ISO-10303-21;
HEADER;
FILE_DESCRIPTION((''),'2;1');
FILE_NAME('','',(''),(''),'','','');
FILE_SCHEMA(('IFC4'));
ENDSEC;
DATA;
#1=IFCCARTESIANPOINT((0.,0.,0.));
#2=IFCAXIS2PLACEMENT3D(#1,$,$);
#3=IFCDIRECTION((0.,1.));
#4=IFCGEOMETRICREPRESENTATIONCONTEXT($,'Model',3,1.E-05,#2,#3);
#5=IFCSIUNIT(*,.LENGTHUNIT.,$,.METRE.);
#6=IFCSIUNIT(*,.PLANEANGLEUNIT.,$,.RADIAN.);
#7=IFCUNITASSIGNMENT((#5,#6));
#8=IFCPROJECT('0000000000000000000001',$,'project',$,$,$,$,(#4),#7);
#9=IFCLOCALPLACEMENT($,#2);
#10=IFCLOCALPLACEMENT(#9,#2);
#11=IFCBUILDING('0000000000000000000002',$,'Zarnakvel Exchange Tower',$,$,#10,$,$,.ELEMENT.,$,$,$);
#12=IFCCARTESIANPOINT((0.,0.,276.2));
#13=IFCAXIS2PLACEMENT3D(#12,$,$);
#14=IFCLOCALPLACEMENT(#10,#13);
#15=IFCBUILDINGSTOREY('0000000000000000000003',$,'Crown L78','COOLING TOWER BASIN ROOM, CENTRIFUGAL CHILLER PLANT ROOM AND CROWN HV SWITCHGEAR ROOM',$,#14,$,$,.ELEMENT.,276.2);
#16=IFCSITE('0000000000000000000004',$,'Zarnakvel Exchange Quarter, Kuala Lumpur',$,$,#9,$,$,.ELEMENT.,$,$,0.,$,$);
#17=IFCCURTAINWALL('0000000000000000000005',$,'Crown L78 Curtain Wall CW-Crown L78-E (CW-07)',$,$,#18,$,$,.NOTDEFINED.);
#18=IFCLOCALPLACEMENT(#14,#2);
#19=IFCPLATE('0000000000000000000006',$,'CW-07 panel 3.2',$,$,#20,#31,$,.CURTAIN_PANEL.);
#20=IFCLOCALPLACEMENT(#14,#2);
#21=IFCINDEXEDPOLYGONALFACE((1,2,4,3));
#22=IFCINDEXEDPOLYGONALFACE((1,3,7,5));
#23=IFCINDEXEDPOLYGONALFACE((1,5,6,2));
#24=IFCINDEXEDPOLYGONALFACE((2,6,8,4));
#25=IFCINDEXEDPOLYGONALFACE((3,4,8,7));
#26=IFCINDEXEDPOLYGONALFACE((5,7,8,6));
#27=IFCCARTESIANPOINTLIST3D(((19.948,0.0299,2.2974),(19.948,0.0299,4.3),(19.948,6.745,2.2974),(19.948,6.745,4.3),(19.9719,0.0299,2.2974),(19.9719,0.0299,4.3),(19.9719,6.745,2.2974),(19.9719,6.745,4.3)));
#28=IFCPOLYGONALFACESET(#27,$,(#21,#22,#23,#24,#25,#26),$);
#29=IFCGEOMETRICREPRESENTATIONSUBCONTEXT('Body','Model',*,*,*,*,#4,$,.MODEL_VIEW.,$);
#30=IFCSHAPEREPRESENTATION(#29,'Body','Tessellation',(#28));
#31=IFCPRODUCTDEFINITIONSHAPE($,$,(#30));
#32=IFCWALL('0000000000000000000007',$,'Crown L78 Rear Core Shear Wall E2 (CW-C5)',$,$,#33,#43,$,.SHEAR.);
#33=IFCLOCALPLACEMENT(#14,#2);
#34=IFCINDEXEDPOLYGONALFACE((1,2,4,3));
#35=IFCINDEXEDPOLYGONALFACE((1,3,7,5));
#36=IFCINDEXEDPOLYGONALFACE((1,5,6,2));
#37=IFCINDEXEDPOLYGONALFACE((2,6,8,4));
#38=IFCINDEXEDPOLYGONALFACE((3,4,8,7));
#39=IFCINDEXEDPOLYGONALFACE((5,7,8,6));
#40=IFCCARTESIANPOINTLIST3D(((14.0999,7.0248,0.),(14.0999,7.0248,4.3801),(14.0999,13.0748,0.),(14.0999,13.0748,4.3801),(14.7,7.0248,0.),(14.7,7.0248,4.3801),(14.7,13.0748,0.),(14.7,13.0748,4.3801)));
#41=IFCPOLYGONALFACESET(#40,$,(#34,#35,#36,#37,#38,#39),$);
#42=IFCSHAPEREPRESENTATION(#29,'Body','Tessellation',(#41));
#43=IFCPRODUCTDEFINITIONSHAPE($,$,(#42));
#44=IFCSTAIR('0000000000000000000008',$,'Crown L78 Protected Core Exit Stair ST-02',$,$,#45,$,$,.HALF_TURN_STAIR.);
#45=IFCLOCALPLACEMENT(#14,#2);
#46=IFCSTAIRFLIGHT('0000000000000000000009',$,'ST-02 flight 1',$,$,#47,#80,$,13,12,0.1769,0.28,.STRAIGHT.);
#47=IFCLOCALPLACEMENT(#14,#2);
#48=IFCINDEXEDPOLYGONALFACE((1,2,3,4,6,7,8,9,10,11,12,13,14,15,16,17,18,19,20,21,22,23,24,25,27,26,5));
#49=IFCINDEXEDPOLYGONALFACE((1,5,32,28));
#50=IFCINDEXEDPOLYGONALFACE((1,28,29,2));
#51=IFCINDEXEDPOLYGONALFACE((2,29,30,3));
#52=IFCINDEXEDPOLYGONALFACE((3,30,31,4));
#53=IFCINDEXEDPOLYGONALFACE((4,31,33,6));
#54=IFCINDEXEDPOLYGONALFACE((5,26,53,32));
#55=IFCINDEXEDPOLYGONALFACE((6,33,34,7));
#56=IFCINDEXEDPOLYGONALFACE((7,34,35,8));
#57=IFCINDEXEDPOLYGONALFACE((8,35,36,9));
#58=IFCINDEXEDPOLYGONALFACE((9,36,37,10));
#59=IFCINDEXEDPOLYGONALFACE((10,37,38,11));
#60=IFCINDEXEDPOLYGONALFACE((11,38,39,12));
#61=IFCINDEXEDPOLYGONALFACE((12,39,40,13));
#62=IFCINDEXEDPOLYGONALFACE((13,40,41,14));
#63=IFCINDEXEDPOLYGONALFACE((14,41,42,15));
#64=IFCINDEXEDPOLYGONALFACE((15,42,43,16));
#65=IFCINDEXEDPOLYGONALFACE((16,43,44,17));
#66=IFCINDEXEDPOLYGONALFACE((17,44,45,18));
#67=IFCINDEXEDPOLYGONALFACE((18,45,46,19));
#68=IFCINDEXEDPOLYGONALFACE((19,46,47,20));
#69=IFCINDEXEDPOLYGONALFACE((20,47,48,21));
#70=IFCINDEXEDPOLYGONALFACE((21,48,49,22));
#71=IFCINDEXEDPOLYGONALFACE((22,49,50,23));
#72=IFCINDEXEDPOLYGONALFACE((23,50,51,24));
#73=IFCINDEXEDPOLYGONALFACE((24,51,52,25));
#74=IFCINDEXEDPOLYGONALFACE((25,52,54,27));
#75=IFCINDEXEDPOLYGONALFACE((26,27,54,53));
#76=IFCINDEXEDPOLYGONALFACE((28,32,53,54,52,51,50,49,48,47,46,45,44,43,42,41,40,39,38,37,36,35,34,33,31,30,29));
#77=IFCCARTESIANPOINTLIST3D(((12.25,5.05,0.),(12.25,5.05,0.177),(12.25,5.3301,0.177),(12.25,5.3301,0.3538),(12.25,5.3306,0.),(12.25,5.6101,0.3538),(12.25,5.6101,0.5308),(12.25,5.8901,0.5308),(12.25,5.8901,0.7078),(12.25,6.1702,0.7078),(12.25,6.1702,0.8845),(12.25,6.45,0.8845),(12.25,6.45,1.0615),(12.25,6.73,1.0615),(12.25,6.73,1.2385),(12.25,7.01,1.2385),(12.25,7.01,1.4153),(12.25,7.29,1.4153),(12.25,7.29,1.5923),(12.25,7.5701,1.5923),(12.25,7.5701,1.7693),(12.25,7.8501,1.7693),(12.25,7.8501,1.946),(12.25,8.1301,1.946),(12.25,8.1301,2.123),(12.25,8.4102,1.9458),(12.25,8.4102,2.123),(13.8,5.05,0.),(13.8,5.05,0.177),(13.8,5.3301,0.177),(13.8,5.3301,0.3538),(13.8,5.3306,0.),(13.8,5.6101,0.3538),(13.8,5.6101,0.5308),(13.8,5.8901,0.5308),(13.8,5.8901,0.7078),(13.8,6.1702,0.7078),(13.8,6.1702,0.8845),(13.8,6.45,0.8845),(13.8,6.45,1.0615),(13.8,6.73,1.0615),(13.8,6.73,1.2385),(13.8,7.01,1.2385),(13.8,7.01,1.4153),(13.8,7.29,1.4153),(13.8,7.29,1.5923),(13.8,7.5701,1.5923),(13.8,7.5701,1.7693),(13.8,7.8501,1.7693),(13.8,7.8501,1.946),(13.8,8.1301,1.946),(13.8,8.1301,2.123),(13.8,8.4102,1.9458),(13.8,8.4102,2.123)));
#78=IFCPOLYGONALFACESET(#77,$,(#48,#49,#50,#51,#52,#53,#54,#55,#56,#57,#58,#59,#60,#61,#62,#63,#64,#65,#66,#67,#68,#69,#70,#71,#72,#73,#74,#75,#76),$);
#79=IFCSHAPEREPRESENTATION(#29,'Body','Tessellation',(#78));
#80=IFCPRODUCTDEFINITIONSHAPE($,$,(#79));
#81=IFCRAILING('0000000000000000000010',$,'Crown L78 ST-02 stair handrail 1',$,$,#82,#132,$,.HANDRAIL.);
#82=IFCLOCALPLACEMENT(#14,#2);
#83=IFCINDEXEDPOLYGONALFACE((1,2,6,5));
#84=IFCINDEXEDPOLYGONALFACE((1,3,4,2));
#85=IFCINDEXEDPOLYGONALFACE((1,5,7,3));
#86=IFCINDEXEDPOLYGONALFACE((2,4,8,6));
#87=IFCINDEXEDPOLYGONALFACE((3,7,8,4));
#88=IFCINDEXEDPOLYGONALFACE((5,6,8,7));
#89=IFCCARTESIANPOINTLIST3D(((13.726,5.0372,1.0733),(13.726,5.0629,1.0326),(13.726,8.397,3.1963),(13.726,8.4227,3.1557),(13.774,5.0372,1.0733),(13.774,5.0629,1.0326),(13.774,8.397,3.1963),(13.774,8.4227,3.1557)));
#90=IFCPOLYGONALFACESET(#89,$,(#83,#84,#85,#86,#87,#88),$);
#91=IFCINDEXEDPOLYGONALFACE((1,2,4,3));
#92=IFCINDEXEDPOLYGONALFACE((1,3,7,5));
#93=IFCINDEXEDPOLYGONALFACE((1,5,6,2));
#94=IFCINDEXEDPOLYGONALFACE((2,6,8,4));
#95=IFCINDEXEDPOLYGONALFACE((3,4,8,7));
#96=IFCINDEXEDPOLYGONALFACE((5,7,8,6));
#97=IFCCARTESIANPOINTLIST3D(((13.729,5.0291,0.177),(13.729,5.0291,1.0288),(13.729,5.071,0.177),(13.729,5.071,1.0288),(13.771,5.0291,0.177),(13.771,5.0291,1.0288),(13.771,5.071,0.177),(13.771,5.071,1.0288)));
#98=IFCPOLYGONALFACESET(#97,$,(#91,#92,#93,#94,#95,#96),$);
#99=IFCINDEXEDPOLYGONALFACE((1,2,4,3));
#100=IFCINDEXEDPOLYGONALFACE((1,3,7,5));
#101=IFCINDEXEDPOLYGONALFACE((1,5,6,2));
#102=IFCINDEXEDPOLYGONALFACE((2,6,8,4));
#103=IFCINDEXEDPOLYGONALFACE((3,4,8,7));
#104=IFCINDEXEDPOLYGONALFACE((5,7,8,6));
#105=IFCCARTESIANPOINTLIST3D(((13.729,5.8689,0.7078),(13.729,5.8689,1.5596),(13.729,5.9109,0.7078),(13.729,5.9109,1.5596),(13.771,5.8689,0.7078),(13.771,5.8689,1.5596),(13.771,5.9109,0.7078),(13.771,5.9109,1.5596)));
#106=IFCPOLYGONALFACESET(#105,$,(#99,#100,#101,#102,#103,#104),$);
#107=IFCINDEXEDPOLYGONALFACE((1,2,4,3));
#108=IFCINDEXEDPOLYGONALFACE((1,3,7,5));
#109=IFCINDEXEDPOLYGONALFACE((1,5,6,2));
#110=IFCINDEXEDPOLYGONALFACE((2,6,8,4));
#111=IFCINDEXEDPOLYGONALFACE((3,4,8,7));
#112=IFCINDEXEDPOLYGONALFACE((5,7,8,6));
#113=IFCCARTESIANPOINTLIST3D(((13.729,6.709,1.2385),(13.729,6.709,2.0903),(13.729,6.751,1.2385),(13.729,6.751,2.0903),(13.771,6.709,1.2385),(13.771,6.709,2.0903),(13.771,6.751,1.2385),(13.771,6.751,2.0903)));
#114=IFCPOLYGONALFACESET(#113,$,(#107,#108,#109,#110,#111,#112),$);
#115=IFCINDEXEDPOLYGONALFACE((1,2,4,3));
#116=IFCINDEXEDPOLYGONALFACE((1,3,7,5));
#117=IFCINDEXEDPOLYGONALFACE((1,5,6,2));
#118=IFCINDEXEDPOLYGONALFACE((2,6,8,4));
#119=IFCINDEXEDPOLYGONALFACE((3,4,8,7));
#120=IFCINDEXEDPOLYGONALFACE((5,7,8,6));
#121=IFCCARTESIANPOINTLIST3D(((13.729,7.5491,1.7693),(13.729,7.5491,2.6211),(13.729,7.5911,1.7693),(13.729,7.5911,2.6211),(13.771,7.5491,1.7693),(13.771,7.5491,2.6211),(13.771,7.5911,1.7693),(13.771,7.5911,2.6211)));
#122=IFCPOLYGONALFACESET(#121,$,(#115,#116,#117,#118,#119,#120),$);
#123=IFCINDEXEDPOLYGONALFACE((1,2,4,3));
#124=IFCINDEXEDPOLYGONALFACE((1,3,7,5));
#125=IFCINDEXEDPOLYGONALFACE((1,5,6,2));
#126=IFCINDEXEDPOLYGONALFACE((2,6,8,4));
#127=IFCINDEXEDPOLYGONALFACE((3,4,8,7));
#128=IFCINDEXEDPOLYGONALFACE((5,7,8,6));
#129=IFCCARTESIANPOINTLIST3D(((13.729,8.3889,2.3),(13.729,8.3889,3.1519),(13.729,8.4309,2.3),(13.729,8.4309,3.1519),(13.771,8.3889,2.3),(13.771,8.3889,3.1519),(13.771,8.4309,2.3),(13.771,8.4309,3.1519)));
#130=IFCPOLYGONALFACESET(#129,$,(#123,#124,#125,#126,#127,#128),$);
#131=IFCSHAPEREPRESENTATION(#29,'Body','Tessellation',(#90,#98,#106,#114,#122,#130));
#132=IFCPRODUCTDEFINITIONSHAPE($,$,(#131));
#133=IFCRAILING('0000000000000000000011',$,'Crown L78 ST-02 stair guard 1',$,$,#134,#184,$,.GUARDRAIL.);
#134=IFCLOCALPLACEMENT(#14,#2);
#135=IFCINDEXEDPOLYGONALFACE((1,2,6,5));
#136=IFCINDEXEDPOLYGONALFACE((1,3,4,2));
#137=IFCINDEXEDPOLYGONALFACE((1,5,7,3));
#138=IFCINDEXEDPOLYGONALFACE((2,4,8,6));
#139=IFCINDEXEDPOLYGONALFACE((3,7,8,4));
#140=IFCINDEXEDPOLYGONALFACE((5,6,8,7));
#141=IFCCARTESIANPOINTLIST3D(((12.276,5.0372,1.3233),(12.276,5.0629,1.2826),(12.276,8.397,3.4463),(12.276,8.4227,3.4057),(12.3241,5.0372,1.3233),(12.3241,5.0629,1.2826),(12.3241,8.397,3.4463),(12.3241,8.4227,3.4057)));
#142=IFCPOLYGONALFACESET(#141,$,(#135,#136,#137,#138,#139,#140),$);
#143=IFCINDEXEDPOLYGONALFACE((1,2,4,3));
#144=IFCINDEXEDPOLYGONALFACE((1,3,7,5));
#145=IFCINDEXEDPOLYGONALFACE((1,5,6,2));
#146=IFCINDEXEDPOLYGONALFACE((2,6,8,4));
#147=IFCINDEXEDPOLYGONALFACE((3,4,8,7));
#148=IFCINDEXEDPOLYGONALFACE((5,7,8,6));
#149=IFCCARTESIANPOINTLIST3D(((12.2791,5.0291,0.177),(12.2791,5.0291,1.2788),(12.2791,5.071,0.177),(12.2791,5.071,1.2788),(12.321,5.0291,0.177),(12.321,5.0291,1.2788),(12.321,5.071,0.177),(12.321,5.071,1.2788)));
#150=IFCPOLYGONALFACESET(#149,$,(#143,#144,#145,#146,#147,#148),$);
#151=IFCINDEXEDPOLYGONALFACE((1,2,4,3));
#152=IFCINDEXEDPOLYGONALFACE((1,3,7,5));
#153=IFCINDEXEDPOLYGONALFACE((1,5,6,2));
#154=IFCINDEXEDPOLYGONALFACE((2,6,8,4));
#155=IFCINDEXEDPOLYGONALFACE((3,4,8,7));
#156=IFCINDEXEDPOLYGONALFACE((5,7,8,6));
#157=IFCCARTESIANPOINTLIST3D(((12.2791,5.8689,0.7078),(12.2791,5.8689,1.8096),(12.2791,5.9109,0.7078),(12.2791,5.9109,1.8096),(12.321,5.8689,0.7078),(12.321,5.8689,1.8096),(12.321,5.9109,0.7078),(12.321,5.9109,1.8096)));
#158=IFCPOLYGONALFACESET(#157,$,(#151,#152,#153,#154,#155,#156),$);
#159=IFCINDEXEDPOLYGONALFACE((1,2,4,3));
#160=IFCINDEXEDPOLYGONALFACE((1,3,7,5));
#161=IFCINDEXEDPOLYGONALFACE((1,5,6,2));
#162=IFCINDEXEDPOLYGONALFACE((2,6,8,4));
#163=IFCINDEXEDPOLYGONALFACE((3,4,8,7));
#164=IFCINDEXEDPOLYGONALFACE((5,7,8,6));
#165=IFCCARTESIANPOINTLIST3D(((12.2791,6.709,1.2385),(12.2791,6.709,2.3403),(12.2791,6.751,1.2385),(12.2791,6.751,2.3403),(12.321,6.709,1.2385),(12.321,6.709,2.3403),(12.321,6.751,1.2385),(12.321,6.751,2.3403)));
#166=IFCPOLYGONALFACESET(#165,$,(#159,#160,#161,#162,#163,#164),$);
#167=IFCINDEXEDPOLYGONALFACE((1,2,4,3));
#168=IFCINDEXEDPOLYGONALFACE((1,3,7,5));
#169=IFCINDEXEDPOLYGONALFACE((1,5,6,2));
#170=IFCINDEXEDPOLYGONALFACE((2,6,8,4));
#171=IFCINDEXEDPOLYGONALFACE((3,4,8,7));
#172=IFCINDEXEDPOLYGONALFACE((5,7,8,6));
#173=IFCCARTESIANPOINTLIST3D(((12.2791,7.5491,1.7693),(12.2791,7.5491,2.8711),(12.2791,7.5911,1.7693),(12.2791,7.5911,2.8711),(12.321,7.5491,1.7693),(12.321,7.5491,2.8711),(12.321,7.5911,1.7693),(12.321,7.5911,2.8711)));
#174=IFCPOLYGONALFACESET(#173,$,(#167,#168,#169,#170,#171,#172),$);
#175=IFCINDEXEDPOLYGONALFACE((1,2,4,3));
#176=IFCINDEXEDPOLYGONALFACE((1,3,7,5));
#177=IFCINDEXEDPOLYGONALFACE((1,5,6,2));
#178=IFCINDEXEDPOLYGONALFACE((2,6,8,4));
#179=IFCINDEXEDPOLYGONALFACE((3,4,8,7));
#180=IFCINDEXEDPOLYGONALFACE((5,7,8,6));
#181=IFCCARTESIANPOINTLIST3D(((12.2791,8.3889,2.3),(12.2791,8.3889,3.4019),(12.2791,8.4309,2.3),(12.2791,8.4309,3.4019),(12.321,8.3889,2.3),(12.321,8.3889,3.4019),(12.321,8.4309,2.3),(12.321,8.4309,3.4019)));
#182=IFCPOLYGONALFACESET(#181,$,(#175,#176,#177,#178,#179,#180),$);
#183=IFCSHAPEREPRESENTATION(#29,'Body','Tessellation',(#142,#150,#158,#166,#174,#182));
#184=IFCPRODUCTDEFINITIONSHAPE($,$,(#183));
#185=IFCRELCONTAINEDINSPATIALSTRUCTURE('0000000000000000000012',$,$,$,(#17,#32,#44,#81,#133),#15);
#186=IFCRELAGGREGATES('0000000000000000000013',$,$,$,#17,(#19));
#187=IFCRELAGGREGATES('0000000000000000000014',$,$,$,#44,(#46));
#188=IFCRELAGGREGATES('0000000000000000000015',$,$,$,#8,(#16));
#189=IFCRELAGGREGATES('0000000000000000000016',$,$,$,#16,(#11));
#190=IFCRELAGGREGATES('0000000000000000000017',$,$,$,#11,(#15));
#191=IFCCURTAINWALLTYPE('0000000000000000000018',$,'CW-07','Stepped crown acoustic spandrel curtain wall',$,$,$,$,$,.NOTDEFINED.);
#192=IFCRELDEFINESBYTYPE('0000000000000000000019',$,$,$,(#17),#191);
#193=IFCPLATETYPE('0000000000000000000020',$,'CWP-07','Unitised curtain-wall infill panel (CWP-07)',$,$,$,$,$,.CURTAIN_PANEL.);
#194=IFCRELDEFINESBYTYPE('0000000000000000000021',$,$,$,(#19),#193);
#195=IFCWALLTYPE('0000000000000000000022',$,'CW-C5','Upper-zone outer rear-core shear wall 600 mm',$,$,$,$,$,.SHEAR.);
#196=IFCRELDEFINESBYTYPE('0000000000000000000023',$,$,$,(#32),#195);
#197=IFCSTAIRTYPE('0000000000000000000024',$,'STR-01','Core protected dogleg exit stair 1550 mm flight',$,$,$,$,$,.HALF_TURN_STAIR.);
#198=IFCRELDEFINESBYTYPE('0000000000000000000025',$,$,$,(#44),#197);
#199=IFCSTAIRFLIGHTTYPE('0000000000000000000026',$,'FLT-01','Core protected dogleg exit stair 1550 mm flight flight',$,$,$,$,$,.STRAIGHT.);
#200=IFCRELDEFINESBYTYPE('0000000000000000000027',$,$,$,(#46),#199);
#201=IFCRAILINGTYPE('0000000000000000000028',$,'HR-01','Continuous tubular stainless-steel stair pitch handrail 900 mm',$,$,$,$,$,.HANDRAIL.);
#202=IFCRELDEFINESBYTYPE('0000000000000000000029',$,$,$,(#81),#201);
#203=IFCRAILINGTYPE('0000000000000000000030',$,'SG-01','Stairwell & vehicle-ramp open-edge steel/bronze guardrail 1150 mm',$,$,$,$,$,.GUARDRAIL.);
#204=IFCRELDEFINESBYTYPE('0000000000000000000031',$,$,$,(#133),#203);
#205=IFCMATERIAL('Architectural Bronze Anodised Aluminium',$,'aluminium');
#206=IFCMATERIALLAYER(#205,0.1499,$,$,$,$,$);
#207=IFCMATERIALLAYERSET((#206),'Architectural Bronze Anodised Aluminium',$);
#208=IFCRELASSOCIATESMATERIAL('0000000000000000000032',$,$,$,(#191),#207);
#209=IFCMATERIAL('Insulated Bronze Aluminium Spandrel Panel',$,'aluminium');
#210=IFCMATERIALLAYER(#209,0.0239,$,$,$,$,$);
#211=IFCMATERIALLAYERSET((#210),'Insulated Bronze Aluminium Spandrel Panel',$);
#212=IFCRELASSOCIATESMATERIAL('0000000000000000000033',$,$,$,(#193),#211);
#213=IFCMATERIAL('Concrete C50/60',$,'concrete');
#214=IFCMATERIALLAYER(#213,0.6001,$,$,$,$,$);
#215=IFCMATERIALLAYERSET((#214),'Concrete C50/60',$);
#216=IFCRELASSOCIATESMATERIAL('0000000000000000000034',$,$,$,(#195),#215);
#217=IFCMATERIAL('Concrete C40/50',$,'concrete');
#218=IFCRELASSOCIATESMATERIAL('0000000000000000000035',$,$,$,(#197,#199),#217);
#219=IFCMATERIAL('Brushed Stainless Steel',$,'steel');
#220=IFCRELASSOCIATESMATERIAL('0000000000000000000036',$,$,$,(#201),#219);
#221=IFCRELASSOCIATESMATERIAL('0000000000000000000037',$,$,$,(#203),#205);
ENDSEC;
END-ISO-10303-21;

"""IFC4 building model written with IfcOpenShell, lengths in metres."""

from ifc_helpers import new_model, si_unit, direction, frame, frame_2d, origin, origin_2d, place, context, subcontext, project, spatial, polyline, rectangle, outline, extrude, source, transform, mapped, material, layer, layer_set, type_object, element, aggregate, save


model = new_model("IFC4")

# Units and contexts
model_context = context("Model", 3, precision=1e-05, world=origin(), true_north=direction((0.0, 1.0)))
body_context = subcontext(model_context, "Body", "Model", "MODEL_VIEW")
ifc_project = project(units=[si_unit("LENGTHUNIT", "METRE"), si_unit("PLANEANGLEUNIT", "RADIAN")], contexts=[model_context])

# Site, building, storey
site_placement = place(None, origin())
site = spatial("IfcSite", under=ifc_project, at=site_placement, Name="Zarnakvel Exchange Quarter, Kuala Lumpur", CompositionType="ELEMENT", RefElevation=0.0)
building_placement = place(site_placement, origin())
building = spatial("IfcBuilding", under=site, at=building_placement, Name="Zarnakvel Exchange Tower", CompositionType="ELEMENT")
storey_placement = place(building_placement, frame((0.0, 0.0, 276.2)))
storey = spatial("IfcBuildingStorey", under=building, at=storey_placement, Name="Crown L78", Description="COOLING TOWER BASIN ROOM, CENTRIFUGAL CHILLER PLANT ROOM AND CROWN HV SWITCHGEAR ROOM", CompositionType="ELEMENT", Elevation=276.2)

# Shared definitions
ifc_material_1 = material(Name="Concrete C50/60", Category="concrete")

# Curtain wall, plate
ifc_material_2 = material(Name="Architectural Bronze Anodised Aluminium", Category="aluminium")
ifc_layer_1 = layer(ifc_material_2, 0.1499)
ifc_layer_set_1 = layer_set([ifc_layer_1], Name="Architectural Bronze Anodised Aluminium")
curtain_wall_type = type_object("IfcCurtainWallType", Name="CW-07", Description="Stepped crown acoustic spandrel curtain wall", PredefinedType="NOTDEFINED", material=ifc_layer_set_1)
curtain_wall_placement = place(storey_placement, origin())
curtain_wall = element("IfcCurtainWall", 1, at=curtain_wall_placement, inside=storey, type_object=curtain_wall_type, Name="Crown L78 Curtain Wall CW-Crown L78-E (CW-07)", PredefinedType="NOTDEFINED")
ifc_material_3 = material(Name="Insulated Bronze Aluminium Spandrel Panel", Category="aluminium")
ifc_layer_2 = layer(ifc_material_3, 0.0239)
ifc_layer_set_2 = layer_set([ifc_layer_2], Name="Insulated Bronze Aluminium Spandrel Panel")
plate_type = type_object("IfcPlateType", Name="CWP-07", Description="Unitised curtain-wall infill panel (CWP-07)", PredefinedType="CURTAIN_PANEL", material=ifc_layer_set_2)
shared_shape_1 = source(origin(), body_context, "Body", "SweptSolid", [
    extrude(rectangle(XDim=6.7151, YDim=0.0239, at=origin_2d()), origin(), (0.0, 0.0, 1.0), 2.0027),
])
plate_1_placement = place(storey_placement, frame((19.96, 3.3875, 2.2974), z_axis=(0.0, 0.0, 1.0), x_axis=(0.0, 1.0, 0.0)))
plate_1 = element("IfcPlate", 2, at=plate_1_placement, type_object=plate_type, Name="CW-07 panel 3.2", PredefinedType="CURTAIN_PANEL", context=body_context, shape_type="MappedRepresentation", body=[
    mapped(shared_shape_1, transform((0.0, 0.0, 0.0), x_axis=(1.0, 0.0, 0.0), y_axis=(0.0, 1.0, 0.0), z_axis=(0.0, 0.0, 1.0), scale=1.0)),
])
aggregate(curtain_wall, [plate_1])

# Wall
ifc_layer_3 = layer(ifc_material_1, 0.6001)
ifc_layer_set_3 = layer_set([ifc_layer_3], Name="Concrete C50/60")
wall_type_1 = type_object("IfcWallType", Name="CW-C5", Description="Upper-zone outer rear-core shear wall 600 mm", PredefinedType="SHEAR", material=ifc_layer_set_3)
wall_1_placement = place(storey_placement, frame((14.3999, 7.0249, 0.0), z_axis=(0.0, 0.0, 1.0), x_axis=(0.0, 1.0, 0.0)))
element("IfcWall", 3, at=wall_1_placement, inside=storey, type_object=wall_type_1, Name="Crown L78 Rear Core Shear Wall E2 (CW-C5)", PredefinedType="SHEAR", context=body_context, shape_type="SweptSolid", body=[
    extrude(rectangle(XDim=6.05, YDim=0.6001, at=frame_2d((3.0249, 0.0))), origin(), (0.0, 0.0, 1.0), 4.3801),
])

# Shared definitions
ifc_material_4 = material(Name="Concrete C40/50", Category="concrete")

# Stair, stair flight
stair_type = type_object("IfcStairType", Name="STR-01", Description="Core protected dogleg exit stair 1550 mm flight", PredefinedType="HALF_TURN_STAIR", material=ifc_material_4)
stair_placement = place(storey_placement, origin())
stair = element("IfcStair", 4, at=stair_placement, inside=storey, type_object=stair_type, Name="Crown L78 Protected Core Exit Stair ST-02", PredefinedType="HALF_TURN_STAIR")
stair_flight_type = type_object("IfcStairFlightType", Name="FLT-01", Description="Core protected dogleg exit stair 1550 mm flight flight", PredefinedType="STRAIGHT", material=ifc_material_4)
stair_flight_placement = place(storey_placement, frame((13.0249, 5.05, 0.0), z_axis=(0.0, 0.0, 1.0), x_axis=(0.0, 1.0, 0.0)))
stair_flight = element("IfcStairFlight", 5, at=stair_flight_placement, type_object=stair_flight_type, Name="ST-02 flight 1", NumberOfRisers=13, NumberOfTreads=12, PredefinedType="STRAIGHT", RiserHeight=0.1769, TreadLength=0.28, context=body_context, shape_type="SweptSolid", body=[
    extrude(outline(polyline([(0.0, 0.0), (0.0, 0.177), (0.28, 0.177), (0.28, 0.3538), (0.5601, 0.3538), (0.5601, 0.5308), (0.8401, 0.5308), (0.8401, 0.7078), (1.1201, 0.7078), (1.1201, 0.8845), (1.3999, 0.8845), (1.3999, 1.0615), (1.6799, 1.0615), (1.6799, 1.2385), (1.96, 1.2385), (1.96, 1.4153), (2.24, 1.4153), (2.24, 1.5923), (2.52, 1.5923), (2.52, 1.7693), (2.8, 1.7693), (2.8, 1.946), (3.0801, 1.946), (3.0801, 2.123), (3.3601, 2.123), (3.3601, 2.3), (3.3601, 1.9458), (0.2805, 0.0), (0.0, 0.0)])), frame((0.0, 0.7749, 0.0), z_axis=(0.0, -1.0, 0.0), x_axis=(1.0, 0.0, 0.0)), (0.0, 0.0, 1.0), 1.55),
])
aggregate(stair, [stair_flight])

# Railings
ifc_material_5 = material(Name="Brushed Stainless Steel", Category="steel")
railing_type_1 = type_object("IfcRailingType", Name="HR-01", Description="Continuous tubular stainless-steel stair pitch handrail 900 mm", PredefinedType="HANDRAIL", material=ifc_material_5)
railing_1_placement = place(storey_placement, frame((13.75, 5.05, 0.177)))
element("IfcRailing", 6, at=railing_1_placement, inside=storey, type_object=railing_type_1, Name="Crown L78 ST-02 stair handrail 1", PredefinedType="HANDRAIL", context=body_context, shape_type="SweptSolid", body=[
    extrude(rectangle(XDim=0.0481, YDim=0.0481, at=origin_2d()), frame((0.0, 0.0, 0.876), z_axis=(0.0, 0.845372, 0.534178), x_axis=(-1.0, 0.0, 0.0)), (0.0, 0.0, 1.0), 3.9744),
    extrude(rectangle(XDim=0.042, YDim=0.042, at=origin_2d()), origin(), (0.0, 0.0, 1.0), 0.8518),
    extrude(rectangle(XDim=0.042, YDim=0.042, at=origin_2d()), frame((0.0, 0.8398, 0.5308)), (0.0, 0.0, 1.0), 0.8518),
    extrude(rectangle(XDim=0.042, YDim=0.042, at=origin_2d()), frame((0.0, 1.6799, 1.0615)), (0.0, 0.0, 1.0), 0.8518),
    extrude(rectangle(XDim=0.042, YDim=0.042, at=origin_2d()), frame((0.0, 2.52, 1.5923)), (0.0, 0.0, 1.0), 0.8518),
    extrude(rectangle(XDim=0.042, YDim=0.042, at=origin_2d()), frame((0.0, 3.3599, 2.123)), (0.0, 0.0, 1.0), 0.8518),
])
railing_type_2 = type_object("IfcRailingType", Name="SG-01", Description="Stairwell & vehicle-ramp open-edge steel/bronze guardrail 1150 mm", PredefinedType="GUARDRAIL", material=ifc_material_2)
railing_2_placement = place(storey_placement, frame((12.3, 5.05, 0.177)))
element("IfcRailing", 7, at=railing_2_placement, inside=storey, type_object=railing_type_2, Name="Crown L78 ST-02 stair guard 1", PredefinedType="GUARDRAIL", context=body_context, shape_type="SweptSolid", body=[
    extrude(rectangle(XDim=0.0481, YDim=0.0481, at=origin_2d()), frame((0.0, 0.0, 1.126), z_axis=(0.0, 0.845372, 0.534178), x_axis=(-1.0, 0.0, 0.0)), (0.0, 0.0, 1.0), 3.9744),
    extrude(rectangle(XDim=0.042, YDim=0.042, at=origin_2d()), origin(), (0.0, 0.0, 1.0), 1.1018),
    extrude(rectangle(XDim=0.042, YDim=0.042, at=origin_2d()), frame((0.0, 0.8398, 0.5308)), (0.0, 0.0, 1.0), 1.1018),
    extrude(rectangle(XDim=0.042, YDim=0.042, at=origin_2d()), frame((0.0, 1.6799, 1.0615)), (0.0, 0.0, 1.0), 1.1018),
    extrude(rectangle(XDim=0.042, YDim=0.042, at=origin_2d()), frame((0.0, 2.52, 1.5923)), (0.0, 0.0, 1.0), 1.1018),
    extrude(rectangle(XDim=0.042, YDim=0.042, at=origin_2d()), frame((0.0, 3.3599, 2.123)), (0.0, 0.0, 1.0), 1.1018),
])

save(model, "model.ifc")
